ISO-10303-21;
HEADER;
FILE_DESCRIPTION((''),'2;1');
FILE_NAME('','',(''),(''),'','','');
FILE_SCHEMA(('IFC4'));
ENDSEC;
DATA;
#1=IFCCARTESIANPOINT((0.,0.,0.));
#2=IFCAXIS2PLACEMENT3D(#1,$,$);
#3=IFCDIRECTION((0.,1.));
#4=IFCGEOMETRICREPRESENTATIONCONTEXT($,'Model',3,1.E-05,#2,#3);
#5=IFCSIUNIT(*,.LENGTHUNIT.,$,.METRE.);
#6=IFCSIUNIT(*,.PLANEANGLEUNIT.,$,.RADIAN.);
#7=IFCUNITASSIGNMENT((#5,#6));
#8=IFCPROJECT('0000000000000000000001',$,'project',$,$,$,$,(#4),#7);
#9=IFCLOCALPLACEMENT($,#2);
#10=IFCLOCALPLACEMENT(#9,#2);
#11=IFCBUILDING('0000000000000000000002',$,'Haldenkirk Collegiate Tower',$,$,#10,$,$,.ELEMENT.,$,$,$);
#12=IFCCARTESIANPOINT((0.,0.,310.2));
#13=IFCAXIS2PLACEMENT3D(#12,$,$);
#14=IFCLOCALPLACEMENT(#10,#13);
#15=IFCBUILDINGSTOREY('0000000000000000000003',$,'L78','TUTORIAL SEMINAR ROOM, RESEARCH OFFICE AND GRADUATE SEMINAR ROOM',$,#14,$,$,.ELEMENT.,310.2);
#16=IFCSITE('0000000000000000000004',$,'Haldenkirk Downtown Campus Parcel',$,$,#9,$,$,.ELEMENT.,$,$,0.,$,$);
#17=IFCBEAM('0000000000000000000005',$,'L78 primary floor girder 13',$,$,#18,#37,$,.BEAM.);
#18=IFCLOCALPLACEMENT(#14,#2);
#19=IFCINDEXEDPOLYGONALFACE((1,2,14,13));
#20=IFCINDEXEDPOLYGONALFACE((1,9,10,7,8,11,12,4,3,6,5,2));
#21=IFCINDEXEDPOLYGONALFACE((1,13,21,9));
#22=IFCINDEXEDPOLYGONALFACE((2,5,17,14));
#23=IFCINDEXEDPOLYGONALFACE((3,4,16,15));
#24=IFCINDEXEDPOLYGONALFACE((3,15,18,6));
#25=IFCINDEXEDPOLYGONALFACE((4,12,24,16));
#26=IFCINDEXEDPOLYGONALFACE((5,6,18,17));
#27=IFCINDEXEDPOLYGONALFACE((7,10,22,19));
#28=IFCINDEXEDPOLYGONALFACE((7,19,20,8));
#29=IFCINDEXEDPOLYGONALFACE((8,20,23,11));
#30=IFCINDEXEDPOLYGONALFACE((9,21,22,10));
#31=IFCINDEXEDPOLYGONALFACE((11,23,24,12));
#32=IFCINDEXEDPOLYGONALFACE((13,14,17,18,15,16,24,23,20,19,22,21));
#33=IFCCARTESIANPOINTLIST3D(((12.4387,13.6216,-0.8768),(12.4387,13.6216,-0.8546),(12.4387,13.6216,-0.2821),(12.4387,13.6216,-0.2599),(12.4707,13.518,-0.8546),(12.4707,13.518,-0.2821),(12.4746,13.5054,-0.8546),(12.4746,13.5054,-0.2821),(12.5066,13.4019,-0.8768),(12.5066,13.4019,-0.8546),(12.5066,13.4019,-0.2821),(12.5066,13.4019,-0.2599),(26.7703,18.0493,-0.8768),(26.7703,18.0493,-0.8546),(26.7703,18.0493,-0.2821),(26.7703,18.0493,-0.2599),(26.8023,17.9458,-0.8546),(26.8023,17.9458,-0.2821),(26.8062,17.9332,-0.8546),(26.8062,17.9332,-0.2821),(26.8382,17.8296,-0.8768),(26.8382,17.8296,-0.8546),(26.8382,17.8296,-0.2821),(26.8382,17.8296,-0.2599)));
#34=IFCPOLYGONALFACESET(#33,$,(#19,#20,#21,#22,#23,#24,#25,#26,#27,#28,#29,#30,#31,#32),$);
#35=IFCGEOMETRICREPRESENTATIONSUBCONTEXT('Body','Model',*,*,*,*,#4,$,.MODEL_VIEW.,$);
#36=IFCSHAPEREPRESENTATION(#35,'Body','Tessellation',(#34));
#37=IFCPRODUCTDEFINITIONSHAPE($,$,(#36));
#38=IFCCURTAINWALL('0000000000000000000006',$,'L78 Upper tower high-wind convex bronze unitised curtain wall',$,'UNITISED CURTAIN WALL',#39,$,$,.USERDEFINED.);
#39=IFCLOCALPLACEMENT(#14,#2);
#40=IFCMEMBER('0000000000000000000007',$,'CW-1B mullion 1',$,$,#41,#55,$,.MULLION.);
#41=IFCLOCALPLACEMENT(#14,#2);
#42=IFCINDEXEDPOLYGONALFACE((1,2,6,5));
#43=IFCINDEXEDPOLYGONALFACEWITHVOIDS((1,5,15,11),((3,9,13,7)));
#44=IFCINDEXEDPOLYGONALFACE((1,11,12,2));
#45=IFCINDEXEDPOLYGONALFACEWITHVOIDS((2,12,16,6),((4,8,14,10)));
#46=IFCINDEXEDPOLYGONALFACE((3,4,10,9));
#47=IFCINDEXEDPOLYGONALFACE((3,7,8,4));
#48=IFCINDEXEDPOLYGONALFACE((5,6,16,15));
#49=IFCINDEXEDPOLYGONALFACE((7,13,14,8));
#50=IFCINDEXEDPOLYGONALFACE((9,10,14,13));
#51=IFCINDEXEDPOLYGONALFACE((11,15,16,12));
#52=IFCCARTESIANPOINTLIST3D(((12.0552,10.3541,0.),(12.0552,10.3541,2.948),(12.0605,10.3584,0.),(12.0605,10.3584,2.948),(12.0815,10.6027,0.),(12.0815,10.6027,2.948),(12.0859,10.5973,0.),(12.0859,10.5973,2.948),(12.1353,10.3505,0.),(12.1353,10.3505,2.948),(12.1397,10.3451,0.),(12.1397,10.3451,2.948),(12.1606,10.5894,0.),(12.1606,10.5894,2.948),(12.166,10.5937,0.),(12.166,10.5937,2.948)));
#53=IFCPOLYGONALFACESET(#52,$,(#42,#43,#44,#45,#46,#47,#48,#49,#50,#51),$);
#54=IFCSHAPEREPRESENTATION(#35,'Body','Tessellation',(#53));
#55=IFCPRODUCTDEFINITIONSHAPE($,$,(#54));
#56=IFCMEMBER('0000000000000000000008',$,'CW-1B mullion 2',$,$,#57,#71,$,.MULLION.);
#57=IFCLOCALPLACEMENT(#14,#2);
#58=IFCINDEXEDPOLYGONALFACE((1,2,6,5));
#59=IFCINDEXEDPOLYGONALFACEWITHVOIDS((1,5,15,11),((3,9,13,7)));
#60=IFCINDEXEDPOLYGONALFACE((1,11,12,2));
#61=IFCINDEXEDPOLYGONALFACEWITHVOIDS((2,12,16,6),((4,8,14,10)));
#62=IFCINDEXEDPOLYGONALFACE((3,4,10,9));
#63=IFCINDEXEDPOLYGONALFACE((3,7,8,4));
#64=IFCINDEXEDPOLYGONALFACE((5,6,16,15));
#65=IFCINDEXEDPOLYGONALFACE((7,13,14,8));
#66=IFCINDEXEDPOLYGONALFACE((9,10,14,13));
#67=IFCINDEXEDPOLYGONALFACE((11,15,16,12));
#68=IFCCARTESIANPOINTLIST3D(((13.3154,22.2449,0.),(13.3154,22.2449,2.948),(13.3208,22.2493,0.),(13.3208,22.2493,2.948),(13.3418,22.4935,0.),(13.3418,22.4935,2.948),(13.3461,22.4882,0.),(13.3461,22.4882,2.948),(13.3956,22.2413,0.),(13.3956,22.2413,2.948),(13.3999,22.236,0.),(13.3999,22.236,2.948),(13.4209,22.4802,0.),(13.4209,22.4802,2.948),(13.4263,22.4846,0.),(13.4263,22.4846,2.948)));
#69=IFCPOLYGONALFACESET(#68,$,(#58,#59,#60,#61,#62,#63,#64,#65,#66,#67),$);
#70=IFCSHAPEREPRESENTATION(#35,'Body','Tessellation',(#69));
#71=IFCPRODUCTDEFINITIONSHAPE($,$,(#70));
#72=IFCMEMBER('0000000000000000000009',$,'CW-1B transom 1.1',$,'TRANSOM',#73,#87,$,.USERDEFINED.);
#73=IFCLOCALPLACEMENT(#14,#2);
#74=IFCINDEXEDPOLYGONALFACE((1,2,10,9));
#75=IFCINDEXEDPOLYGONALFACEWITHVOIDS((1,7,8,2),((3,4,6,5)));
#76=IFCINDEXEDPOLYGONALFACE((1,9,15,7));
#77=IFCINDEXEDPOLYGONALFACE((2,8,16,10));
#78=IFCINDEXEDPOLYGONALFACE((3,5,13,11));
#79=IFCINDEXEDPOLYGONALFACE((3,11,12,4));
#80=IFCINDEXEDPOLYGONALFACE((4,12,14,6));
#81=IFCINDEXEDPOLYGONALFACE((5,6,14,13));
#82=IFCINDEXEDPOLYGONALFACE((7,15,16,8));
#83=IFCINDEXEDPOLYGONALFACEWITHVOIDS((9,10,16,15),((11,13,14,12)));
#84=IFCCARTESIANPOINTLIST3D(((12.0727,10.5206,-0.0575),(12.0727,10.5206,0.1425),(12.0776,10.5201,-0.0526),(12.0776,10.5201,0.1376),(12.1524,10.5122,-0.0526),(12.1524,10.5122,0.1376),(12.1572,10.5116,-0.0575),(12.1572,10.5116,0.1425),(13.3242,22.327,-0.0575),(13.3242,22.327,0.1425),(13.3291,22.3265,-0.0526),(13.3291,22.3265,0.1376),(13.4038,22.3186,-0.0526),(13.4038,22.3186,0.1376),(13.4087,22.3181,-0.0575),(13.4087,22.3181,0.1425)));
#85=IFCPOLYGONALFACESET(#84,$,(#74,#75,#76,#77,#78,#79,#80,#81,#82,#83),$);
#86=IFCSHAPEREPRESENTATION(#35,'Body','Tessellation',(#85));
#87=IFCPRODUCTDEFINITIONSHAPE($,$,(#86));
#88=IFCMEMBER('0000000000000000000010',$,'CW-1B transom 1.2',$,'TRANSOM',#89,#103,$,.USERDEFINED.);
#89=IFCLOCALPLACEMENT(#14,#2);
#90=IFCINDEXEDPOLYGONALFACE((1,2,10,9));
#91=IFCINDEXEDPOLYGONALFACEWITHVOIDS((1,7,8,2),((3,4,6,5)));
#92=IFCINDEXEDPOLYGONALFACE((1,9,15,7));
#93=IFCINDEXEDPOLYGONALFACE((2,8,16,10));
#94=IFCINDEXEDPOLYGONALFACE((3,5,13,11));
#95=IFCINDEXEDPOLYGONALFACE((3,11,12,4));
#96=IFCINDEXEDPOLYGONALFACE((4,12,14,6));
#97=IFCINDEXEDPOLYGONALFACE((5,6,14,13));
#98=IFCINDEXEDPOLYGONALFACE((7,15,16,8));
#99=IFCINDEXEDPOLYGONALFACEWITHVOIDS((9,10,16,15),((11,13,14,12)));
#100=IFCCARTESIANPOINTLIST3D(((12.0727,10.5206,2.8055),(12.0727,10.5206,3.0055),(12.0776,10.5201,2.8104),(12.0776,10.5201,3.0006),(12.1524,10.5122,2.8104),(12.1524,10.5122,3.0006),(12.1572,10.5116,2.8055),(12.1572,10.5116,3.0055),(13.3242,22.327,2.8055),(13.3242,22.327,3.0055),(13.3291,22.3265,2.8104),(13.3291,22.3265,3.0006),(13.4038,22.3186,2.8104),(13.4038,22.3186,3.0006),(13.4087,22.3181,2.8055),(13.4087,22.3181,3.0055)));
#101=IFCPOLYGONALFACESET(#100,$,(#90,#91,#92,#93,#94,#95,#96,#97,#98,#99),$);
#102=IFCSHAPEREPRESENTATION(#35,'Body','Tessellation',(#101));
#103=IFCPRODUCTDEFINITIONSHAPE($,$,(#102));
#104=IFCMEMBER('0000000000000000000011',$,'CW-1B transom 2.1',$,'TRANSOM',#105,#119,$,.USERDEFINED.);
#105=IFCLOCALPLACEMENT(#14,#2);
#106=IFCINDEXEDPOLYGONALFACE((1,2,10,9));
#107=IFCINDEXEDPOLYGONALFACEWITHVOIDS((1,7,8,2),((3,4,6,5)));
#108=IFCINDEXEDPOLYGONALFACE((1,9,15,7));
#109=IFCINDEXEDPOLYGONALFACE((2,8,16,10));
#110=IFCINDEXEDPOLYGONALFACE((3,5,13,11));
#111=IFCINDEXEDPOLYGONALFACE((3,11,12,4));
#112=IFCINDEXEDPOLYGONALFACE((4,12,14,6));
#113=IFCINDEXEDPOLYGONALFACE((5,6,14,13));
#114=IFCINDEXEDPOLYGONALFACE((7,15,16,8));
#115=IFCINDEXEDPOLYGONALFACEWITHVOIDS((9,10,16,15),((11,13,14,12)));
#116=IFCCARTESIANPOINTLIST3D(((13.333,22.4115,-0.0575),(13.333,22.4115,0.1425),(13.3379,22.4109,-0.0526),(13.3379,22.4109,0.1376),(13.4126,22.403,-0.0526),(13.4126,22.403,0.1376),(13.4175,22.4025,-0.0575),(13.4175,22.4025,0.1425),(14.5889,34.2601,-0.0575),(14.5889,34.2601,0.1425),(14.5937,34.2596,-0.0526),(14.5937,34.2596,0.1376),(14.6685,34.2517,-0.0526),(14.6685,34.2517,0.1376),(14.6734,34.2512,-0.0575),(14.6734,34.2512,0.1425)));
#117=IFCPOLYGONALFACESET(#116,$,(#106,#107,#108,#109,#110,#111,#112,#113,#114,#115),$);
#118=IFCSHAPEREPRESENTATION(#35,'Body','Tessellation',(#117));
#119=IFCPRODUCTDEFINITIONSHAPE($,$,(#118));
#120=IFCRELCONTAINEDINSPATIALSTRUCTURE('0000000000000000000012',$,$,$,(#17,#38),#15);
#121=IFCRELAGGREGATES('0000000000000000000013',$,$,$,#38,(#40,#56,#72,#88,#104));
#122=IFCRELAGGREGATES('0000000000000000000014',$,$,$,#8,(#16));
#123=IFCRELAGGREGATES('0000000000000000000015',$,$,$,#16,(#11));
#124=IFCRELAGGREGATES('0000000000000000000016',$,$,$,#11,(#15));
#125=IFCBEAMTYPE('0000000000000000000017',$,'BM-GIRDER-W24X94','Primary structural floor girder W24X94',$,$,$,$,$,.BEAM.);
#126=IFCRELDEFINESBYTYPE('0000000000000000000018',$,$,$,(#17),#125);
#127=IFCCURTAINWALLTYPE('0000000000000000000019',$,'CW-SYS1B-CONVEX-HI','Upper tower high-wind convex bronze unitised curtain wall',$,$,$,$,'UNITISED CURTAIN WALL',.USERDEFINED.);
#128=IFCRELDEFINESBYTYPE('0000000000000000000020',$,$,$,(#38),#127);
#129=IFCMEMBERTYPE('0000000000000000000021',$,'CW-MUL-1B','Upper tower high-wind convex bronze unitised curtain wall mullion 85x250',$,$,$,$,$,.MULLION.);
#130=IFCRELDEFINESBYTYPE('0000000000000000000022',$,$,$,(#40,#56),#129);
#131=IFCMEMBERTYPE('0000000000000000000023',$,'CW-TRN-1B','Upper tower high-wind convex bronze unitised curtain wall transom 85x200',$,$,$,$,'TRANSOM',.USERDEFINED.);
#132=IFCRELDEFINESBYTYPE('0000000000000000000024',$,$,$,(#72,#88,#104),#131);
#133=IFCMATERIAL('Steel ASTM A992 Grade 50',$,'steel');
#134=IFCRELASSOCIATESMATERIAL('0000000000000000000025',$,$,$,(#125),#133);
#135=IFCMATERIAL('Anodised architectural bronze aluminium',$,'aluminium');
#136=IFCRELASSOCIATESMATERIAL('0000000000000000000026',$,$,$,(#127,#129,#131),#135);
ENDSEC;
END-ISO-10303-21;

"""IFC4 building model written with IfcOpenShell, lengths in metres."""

from ifc_helpers import new_model, si_unit, direction, frame, origin, origin_2d, place, context, subcontext, project, spatial, hollow_rectangle, i_section, extrude, material, material_profile, profile_set, type_object, element, aggregate, save


model = new_model("IFC4")

# Units and contexts
model_context = context("Model", 3, precision=1e-05, world=origin(), true_north=direction((0.0, 1.0)))
body_context = subcontext(model_context, "Body", "Model", "MODEL_VIEW")
ifc_project = project(units=[si_unit("LENGTHUNIT", "METRE"), si_unit("PLANEANGLEUNIT", "RADIAN")], contexts=[model_context])

# Site, building, storey
site_placement = place(None, origin())
site = spatial("IfcSite", under=ifc_project, at=site_placement, Name="Haldenkirk Downtown Campus Parcel", CompositionType="ELEMENT", RefElevation=0.0)
building_placement = place(site_placement, origin())
building = spatial("IfcBuilding", under=site, at=building_placement, Name="Haldenkirk Collegiate Tower", CompositionType="ELEMENT")
storey_placement = place(building_placement, frame((0.0, 0.0, 310.2)))
storey = spatial("IfcBuildingStorey", under=building, at=storey_placement, Name="L78", Description="TUTORIAL SEMINAR ROOM, RESEARCH OFFICE AND GRADUATE SEMINAR ROOM", CompositionType="ELEMENT", Elevation=310.2)

# Beam
ifc_material_1 = material(Name="Steel ASTM A992 Grade 50", Category="steel")
ifc_material_profile_1 = material_profile(ifc_material_1, i_section(OverallWidth=0.23, OverallDepth=0.6169, WebThickness=0.0132, FlangeThickness=0.0222, at=origin_2d()), Name="W24X94")
ifc_profile_set_1 = profile_set([ifc_material_profile_1], Name="Steel ASTM A992 Grade 50")
beam_type = type_object("IfcBeamType", Name="BM-GIRDER-W24X94", Description="Primary structural floor girder W24X94", PredefinedType="BEAM", material=ifc_profile_set_1)
beam_placement = place(storey_placement, frame((12.4727, 13.5117, -0.5684), z_axis=(0.955441, 0.295184, 0.0), x_axis=(-0.295184, 0.955441, 0.0)))
element("IfcBeam", 1, at=beam_placement, inside=storey, type_object=beam_type, Name="L78 primary floor girder 13", PredefinedType="BEAM", context=body_context, shape_type="SweptSolid", body=[
    extrude(i_section(OverallWidth=0.23, OverallDepth=0.6169, WebThickness=0.0132, FlangeThickness=0.0222, at=origin_2d()), origin(), (0.0, 0.0, 1.0), 15.0),
])

# Curtain wall, members
ifc_material_2 = material(Name="Anodised architectural bronze aluminium", Category="aluminium")
curtain_wall_type = type_object("IfcCurtainWallType", Name="CW-SYS1B-CONVEX-HI", Description="Upper tower high-wind convex bronze unitised curtain wall", ElementType="UNITISED CURTAIN WALL", PredefinedType="USERDEFINED", material=ifc_material_2)
curtain_wall_placement = place(storey_placement, origin())
curtain_wall = element("IfcCurtainWall", 2, at=curtain_wall_placement, inside=storey, type_object=curtain_wall_type, Name="L78 Upper tower high-wind convex bronze unitised curtain wall", ObjectType="UNITISED CURTAIN WALL", PredefinedType="USERDEFINED")
ifc_material_profile_2 = material_profile(ifc_material_2, hollow_rectangle(XDim=0.085, YDim=0.25, WallThickness=0.0049, at=origin_2d()), Name="CW-MUL-1B")
ifc_profile_set_2 = profile_set([ifc_material_profile_2], Name="Anodised architectural bronze aluminium")
member_type_1 = type_object("IfcMemberType", Name="CW-MUL-1B", Description="Upper tower high-wind convex bronze unitised curtain wall mullion 85x250", PredefinedType="MULLION", material=ifc_profile_set_2)
member_1_placement = place(storey_placement, frame((12.1106, 10.4739, 0.0), z_axis=(0.0, 0.0, 1.0), x_axis=(-0.99443, 0.105394, 0.0)))
member_1 = element("IfcMember", 3, at=member_1_placement, type_object=member_type_1, Name="CW-1B mullion 1", PredefinedType="MULLION", context=body_context, shape_type="SweptSolid", body=[
    extrude(hollow_rectangle(XDim=0.085, YDim=0.25, WallThickness=0.0049, at=origin_2d()), origin(), (0.0, 0.0, 1.0), 2.948),
])
member_2_placement = place(storey_placement, frame((13.3708, 22.3647, 0.0), z_axis=(0.0, 0.0, 1.0), x_axis=(-0.99443, 0.105394, 0.0)))
member_2 = element("IfcMember", 4, at=member_2_placement, type_object=member_type_1, Name="CW-1B mullion 2", PredefinedType="MULLION", context=body_context, shape_type="SweptSolid", body=[
    extrude(hollow_rectangle(XDim=0.085, YDim=0.25, WallThickness=0.0049, at=origin_2d()), origin(), (0.0, 0.0, 1.0), 2.948),
])
ifc_material_profile_3 = material_profile(ifc_material_2, hollow_rectangle(XDim=0.085, YDim=0.2, WallThickness=0.0049, at=origin_2d()), Name="CW-TRN-1B")
ifc_profile_set_3 = profile_set([ifc_material_profile_3], Name="Anodised architectural bronze aluminium")
member_type_2 = type_object("IfcMemberType", Name="CW-TRN-1B", Description="Upper tower high-wind convex bronze unitised curtain wall transom 85x200", ElementType="TRANSOM", PredefinedType="USERDEFINED", material=ifc_profile_set_3)
member_3_placement = place(storey_placement, frame((12.115, 10.5161, 0.0425), z_axis=(0.105408, 0.994429, 0.0), x_axis=(-0.994429, 0.105408, 0.0)))
member_3 = element("IfcMember", 5, at=member_3_placement, type_object=member_type_2, Name="CW-1B transom 1.1", ObjectType="TRANSOM", PredefinedType="USERDEFINED", context=body_context, shape_type="SweptSolid", body=[
    extrude(hollow_rectangle(XDim=0.085, YDim=0.2, WallThickness=0.0049, at=origin_2d()), origin(), (0.0, 0.0, 1.0), 11.8726),
])
member_4_placement = place(storey_placement, frame((12.115, 10.5161, 2.9055), z_axis=(0.105408, 0.994429, 0.0), x_axis=(-0.994429, 0.105408, 0.0)))
member_4 = element("IfcMember", 6, at=member_4_placement, type_object=member_type_2, Name="CW-1B transom 1.2", ObjectType="TRANSOM", PredefinedType="USERDEFINED", context=body_context, shape_type="SweptSolid", body=[
    extrude(hollow_rectangle(XDim=0.085, YDim=0.2, WallThickness=0.0049, at=origin_2d()), origin(), (0.0, 0.0, 1.0), 11.8726),
])
member_5_placement = place(storey_placement, frame((13.3752, 22.407, 0.0425), z_axis=(0.105402, 0.99443, 0.0), x_axis=(-0.99443, 0.105402, 0.0)))
member_5 = element("IfcMember", 7, at=member_5_placement, type_object=member_type_2, Name="CW-1B transom 2.1", ObjectType="TRANSOM", PredefinedType="USERDEFINED", context=body_context, shape_type="SweptSolid", body=[
    extrude(hollow_rectangle(XDim=0.085, YDim=0.2, WallThickness=0.0049, at=origin_2d()), origin(), (0.0, 0.0, 1.0), 11.915),
])

aggregate(curtain_wall, [member_1, member_2, member_3, member_4, member_5])

save(model, "model.ifc")
